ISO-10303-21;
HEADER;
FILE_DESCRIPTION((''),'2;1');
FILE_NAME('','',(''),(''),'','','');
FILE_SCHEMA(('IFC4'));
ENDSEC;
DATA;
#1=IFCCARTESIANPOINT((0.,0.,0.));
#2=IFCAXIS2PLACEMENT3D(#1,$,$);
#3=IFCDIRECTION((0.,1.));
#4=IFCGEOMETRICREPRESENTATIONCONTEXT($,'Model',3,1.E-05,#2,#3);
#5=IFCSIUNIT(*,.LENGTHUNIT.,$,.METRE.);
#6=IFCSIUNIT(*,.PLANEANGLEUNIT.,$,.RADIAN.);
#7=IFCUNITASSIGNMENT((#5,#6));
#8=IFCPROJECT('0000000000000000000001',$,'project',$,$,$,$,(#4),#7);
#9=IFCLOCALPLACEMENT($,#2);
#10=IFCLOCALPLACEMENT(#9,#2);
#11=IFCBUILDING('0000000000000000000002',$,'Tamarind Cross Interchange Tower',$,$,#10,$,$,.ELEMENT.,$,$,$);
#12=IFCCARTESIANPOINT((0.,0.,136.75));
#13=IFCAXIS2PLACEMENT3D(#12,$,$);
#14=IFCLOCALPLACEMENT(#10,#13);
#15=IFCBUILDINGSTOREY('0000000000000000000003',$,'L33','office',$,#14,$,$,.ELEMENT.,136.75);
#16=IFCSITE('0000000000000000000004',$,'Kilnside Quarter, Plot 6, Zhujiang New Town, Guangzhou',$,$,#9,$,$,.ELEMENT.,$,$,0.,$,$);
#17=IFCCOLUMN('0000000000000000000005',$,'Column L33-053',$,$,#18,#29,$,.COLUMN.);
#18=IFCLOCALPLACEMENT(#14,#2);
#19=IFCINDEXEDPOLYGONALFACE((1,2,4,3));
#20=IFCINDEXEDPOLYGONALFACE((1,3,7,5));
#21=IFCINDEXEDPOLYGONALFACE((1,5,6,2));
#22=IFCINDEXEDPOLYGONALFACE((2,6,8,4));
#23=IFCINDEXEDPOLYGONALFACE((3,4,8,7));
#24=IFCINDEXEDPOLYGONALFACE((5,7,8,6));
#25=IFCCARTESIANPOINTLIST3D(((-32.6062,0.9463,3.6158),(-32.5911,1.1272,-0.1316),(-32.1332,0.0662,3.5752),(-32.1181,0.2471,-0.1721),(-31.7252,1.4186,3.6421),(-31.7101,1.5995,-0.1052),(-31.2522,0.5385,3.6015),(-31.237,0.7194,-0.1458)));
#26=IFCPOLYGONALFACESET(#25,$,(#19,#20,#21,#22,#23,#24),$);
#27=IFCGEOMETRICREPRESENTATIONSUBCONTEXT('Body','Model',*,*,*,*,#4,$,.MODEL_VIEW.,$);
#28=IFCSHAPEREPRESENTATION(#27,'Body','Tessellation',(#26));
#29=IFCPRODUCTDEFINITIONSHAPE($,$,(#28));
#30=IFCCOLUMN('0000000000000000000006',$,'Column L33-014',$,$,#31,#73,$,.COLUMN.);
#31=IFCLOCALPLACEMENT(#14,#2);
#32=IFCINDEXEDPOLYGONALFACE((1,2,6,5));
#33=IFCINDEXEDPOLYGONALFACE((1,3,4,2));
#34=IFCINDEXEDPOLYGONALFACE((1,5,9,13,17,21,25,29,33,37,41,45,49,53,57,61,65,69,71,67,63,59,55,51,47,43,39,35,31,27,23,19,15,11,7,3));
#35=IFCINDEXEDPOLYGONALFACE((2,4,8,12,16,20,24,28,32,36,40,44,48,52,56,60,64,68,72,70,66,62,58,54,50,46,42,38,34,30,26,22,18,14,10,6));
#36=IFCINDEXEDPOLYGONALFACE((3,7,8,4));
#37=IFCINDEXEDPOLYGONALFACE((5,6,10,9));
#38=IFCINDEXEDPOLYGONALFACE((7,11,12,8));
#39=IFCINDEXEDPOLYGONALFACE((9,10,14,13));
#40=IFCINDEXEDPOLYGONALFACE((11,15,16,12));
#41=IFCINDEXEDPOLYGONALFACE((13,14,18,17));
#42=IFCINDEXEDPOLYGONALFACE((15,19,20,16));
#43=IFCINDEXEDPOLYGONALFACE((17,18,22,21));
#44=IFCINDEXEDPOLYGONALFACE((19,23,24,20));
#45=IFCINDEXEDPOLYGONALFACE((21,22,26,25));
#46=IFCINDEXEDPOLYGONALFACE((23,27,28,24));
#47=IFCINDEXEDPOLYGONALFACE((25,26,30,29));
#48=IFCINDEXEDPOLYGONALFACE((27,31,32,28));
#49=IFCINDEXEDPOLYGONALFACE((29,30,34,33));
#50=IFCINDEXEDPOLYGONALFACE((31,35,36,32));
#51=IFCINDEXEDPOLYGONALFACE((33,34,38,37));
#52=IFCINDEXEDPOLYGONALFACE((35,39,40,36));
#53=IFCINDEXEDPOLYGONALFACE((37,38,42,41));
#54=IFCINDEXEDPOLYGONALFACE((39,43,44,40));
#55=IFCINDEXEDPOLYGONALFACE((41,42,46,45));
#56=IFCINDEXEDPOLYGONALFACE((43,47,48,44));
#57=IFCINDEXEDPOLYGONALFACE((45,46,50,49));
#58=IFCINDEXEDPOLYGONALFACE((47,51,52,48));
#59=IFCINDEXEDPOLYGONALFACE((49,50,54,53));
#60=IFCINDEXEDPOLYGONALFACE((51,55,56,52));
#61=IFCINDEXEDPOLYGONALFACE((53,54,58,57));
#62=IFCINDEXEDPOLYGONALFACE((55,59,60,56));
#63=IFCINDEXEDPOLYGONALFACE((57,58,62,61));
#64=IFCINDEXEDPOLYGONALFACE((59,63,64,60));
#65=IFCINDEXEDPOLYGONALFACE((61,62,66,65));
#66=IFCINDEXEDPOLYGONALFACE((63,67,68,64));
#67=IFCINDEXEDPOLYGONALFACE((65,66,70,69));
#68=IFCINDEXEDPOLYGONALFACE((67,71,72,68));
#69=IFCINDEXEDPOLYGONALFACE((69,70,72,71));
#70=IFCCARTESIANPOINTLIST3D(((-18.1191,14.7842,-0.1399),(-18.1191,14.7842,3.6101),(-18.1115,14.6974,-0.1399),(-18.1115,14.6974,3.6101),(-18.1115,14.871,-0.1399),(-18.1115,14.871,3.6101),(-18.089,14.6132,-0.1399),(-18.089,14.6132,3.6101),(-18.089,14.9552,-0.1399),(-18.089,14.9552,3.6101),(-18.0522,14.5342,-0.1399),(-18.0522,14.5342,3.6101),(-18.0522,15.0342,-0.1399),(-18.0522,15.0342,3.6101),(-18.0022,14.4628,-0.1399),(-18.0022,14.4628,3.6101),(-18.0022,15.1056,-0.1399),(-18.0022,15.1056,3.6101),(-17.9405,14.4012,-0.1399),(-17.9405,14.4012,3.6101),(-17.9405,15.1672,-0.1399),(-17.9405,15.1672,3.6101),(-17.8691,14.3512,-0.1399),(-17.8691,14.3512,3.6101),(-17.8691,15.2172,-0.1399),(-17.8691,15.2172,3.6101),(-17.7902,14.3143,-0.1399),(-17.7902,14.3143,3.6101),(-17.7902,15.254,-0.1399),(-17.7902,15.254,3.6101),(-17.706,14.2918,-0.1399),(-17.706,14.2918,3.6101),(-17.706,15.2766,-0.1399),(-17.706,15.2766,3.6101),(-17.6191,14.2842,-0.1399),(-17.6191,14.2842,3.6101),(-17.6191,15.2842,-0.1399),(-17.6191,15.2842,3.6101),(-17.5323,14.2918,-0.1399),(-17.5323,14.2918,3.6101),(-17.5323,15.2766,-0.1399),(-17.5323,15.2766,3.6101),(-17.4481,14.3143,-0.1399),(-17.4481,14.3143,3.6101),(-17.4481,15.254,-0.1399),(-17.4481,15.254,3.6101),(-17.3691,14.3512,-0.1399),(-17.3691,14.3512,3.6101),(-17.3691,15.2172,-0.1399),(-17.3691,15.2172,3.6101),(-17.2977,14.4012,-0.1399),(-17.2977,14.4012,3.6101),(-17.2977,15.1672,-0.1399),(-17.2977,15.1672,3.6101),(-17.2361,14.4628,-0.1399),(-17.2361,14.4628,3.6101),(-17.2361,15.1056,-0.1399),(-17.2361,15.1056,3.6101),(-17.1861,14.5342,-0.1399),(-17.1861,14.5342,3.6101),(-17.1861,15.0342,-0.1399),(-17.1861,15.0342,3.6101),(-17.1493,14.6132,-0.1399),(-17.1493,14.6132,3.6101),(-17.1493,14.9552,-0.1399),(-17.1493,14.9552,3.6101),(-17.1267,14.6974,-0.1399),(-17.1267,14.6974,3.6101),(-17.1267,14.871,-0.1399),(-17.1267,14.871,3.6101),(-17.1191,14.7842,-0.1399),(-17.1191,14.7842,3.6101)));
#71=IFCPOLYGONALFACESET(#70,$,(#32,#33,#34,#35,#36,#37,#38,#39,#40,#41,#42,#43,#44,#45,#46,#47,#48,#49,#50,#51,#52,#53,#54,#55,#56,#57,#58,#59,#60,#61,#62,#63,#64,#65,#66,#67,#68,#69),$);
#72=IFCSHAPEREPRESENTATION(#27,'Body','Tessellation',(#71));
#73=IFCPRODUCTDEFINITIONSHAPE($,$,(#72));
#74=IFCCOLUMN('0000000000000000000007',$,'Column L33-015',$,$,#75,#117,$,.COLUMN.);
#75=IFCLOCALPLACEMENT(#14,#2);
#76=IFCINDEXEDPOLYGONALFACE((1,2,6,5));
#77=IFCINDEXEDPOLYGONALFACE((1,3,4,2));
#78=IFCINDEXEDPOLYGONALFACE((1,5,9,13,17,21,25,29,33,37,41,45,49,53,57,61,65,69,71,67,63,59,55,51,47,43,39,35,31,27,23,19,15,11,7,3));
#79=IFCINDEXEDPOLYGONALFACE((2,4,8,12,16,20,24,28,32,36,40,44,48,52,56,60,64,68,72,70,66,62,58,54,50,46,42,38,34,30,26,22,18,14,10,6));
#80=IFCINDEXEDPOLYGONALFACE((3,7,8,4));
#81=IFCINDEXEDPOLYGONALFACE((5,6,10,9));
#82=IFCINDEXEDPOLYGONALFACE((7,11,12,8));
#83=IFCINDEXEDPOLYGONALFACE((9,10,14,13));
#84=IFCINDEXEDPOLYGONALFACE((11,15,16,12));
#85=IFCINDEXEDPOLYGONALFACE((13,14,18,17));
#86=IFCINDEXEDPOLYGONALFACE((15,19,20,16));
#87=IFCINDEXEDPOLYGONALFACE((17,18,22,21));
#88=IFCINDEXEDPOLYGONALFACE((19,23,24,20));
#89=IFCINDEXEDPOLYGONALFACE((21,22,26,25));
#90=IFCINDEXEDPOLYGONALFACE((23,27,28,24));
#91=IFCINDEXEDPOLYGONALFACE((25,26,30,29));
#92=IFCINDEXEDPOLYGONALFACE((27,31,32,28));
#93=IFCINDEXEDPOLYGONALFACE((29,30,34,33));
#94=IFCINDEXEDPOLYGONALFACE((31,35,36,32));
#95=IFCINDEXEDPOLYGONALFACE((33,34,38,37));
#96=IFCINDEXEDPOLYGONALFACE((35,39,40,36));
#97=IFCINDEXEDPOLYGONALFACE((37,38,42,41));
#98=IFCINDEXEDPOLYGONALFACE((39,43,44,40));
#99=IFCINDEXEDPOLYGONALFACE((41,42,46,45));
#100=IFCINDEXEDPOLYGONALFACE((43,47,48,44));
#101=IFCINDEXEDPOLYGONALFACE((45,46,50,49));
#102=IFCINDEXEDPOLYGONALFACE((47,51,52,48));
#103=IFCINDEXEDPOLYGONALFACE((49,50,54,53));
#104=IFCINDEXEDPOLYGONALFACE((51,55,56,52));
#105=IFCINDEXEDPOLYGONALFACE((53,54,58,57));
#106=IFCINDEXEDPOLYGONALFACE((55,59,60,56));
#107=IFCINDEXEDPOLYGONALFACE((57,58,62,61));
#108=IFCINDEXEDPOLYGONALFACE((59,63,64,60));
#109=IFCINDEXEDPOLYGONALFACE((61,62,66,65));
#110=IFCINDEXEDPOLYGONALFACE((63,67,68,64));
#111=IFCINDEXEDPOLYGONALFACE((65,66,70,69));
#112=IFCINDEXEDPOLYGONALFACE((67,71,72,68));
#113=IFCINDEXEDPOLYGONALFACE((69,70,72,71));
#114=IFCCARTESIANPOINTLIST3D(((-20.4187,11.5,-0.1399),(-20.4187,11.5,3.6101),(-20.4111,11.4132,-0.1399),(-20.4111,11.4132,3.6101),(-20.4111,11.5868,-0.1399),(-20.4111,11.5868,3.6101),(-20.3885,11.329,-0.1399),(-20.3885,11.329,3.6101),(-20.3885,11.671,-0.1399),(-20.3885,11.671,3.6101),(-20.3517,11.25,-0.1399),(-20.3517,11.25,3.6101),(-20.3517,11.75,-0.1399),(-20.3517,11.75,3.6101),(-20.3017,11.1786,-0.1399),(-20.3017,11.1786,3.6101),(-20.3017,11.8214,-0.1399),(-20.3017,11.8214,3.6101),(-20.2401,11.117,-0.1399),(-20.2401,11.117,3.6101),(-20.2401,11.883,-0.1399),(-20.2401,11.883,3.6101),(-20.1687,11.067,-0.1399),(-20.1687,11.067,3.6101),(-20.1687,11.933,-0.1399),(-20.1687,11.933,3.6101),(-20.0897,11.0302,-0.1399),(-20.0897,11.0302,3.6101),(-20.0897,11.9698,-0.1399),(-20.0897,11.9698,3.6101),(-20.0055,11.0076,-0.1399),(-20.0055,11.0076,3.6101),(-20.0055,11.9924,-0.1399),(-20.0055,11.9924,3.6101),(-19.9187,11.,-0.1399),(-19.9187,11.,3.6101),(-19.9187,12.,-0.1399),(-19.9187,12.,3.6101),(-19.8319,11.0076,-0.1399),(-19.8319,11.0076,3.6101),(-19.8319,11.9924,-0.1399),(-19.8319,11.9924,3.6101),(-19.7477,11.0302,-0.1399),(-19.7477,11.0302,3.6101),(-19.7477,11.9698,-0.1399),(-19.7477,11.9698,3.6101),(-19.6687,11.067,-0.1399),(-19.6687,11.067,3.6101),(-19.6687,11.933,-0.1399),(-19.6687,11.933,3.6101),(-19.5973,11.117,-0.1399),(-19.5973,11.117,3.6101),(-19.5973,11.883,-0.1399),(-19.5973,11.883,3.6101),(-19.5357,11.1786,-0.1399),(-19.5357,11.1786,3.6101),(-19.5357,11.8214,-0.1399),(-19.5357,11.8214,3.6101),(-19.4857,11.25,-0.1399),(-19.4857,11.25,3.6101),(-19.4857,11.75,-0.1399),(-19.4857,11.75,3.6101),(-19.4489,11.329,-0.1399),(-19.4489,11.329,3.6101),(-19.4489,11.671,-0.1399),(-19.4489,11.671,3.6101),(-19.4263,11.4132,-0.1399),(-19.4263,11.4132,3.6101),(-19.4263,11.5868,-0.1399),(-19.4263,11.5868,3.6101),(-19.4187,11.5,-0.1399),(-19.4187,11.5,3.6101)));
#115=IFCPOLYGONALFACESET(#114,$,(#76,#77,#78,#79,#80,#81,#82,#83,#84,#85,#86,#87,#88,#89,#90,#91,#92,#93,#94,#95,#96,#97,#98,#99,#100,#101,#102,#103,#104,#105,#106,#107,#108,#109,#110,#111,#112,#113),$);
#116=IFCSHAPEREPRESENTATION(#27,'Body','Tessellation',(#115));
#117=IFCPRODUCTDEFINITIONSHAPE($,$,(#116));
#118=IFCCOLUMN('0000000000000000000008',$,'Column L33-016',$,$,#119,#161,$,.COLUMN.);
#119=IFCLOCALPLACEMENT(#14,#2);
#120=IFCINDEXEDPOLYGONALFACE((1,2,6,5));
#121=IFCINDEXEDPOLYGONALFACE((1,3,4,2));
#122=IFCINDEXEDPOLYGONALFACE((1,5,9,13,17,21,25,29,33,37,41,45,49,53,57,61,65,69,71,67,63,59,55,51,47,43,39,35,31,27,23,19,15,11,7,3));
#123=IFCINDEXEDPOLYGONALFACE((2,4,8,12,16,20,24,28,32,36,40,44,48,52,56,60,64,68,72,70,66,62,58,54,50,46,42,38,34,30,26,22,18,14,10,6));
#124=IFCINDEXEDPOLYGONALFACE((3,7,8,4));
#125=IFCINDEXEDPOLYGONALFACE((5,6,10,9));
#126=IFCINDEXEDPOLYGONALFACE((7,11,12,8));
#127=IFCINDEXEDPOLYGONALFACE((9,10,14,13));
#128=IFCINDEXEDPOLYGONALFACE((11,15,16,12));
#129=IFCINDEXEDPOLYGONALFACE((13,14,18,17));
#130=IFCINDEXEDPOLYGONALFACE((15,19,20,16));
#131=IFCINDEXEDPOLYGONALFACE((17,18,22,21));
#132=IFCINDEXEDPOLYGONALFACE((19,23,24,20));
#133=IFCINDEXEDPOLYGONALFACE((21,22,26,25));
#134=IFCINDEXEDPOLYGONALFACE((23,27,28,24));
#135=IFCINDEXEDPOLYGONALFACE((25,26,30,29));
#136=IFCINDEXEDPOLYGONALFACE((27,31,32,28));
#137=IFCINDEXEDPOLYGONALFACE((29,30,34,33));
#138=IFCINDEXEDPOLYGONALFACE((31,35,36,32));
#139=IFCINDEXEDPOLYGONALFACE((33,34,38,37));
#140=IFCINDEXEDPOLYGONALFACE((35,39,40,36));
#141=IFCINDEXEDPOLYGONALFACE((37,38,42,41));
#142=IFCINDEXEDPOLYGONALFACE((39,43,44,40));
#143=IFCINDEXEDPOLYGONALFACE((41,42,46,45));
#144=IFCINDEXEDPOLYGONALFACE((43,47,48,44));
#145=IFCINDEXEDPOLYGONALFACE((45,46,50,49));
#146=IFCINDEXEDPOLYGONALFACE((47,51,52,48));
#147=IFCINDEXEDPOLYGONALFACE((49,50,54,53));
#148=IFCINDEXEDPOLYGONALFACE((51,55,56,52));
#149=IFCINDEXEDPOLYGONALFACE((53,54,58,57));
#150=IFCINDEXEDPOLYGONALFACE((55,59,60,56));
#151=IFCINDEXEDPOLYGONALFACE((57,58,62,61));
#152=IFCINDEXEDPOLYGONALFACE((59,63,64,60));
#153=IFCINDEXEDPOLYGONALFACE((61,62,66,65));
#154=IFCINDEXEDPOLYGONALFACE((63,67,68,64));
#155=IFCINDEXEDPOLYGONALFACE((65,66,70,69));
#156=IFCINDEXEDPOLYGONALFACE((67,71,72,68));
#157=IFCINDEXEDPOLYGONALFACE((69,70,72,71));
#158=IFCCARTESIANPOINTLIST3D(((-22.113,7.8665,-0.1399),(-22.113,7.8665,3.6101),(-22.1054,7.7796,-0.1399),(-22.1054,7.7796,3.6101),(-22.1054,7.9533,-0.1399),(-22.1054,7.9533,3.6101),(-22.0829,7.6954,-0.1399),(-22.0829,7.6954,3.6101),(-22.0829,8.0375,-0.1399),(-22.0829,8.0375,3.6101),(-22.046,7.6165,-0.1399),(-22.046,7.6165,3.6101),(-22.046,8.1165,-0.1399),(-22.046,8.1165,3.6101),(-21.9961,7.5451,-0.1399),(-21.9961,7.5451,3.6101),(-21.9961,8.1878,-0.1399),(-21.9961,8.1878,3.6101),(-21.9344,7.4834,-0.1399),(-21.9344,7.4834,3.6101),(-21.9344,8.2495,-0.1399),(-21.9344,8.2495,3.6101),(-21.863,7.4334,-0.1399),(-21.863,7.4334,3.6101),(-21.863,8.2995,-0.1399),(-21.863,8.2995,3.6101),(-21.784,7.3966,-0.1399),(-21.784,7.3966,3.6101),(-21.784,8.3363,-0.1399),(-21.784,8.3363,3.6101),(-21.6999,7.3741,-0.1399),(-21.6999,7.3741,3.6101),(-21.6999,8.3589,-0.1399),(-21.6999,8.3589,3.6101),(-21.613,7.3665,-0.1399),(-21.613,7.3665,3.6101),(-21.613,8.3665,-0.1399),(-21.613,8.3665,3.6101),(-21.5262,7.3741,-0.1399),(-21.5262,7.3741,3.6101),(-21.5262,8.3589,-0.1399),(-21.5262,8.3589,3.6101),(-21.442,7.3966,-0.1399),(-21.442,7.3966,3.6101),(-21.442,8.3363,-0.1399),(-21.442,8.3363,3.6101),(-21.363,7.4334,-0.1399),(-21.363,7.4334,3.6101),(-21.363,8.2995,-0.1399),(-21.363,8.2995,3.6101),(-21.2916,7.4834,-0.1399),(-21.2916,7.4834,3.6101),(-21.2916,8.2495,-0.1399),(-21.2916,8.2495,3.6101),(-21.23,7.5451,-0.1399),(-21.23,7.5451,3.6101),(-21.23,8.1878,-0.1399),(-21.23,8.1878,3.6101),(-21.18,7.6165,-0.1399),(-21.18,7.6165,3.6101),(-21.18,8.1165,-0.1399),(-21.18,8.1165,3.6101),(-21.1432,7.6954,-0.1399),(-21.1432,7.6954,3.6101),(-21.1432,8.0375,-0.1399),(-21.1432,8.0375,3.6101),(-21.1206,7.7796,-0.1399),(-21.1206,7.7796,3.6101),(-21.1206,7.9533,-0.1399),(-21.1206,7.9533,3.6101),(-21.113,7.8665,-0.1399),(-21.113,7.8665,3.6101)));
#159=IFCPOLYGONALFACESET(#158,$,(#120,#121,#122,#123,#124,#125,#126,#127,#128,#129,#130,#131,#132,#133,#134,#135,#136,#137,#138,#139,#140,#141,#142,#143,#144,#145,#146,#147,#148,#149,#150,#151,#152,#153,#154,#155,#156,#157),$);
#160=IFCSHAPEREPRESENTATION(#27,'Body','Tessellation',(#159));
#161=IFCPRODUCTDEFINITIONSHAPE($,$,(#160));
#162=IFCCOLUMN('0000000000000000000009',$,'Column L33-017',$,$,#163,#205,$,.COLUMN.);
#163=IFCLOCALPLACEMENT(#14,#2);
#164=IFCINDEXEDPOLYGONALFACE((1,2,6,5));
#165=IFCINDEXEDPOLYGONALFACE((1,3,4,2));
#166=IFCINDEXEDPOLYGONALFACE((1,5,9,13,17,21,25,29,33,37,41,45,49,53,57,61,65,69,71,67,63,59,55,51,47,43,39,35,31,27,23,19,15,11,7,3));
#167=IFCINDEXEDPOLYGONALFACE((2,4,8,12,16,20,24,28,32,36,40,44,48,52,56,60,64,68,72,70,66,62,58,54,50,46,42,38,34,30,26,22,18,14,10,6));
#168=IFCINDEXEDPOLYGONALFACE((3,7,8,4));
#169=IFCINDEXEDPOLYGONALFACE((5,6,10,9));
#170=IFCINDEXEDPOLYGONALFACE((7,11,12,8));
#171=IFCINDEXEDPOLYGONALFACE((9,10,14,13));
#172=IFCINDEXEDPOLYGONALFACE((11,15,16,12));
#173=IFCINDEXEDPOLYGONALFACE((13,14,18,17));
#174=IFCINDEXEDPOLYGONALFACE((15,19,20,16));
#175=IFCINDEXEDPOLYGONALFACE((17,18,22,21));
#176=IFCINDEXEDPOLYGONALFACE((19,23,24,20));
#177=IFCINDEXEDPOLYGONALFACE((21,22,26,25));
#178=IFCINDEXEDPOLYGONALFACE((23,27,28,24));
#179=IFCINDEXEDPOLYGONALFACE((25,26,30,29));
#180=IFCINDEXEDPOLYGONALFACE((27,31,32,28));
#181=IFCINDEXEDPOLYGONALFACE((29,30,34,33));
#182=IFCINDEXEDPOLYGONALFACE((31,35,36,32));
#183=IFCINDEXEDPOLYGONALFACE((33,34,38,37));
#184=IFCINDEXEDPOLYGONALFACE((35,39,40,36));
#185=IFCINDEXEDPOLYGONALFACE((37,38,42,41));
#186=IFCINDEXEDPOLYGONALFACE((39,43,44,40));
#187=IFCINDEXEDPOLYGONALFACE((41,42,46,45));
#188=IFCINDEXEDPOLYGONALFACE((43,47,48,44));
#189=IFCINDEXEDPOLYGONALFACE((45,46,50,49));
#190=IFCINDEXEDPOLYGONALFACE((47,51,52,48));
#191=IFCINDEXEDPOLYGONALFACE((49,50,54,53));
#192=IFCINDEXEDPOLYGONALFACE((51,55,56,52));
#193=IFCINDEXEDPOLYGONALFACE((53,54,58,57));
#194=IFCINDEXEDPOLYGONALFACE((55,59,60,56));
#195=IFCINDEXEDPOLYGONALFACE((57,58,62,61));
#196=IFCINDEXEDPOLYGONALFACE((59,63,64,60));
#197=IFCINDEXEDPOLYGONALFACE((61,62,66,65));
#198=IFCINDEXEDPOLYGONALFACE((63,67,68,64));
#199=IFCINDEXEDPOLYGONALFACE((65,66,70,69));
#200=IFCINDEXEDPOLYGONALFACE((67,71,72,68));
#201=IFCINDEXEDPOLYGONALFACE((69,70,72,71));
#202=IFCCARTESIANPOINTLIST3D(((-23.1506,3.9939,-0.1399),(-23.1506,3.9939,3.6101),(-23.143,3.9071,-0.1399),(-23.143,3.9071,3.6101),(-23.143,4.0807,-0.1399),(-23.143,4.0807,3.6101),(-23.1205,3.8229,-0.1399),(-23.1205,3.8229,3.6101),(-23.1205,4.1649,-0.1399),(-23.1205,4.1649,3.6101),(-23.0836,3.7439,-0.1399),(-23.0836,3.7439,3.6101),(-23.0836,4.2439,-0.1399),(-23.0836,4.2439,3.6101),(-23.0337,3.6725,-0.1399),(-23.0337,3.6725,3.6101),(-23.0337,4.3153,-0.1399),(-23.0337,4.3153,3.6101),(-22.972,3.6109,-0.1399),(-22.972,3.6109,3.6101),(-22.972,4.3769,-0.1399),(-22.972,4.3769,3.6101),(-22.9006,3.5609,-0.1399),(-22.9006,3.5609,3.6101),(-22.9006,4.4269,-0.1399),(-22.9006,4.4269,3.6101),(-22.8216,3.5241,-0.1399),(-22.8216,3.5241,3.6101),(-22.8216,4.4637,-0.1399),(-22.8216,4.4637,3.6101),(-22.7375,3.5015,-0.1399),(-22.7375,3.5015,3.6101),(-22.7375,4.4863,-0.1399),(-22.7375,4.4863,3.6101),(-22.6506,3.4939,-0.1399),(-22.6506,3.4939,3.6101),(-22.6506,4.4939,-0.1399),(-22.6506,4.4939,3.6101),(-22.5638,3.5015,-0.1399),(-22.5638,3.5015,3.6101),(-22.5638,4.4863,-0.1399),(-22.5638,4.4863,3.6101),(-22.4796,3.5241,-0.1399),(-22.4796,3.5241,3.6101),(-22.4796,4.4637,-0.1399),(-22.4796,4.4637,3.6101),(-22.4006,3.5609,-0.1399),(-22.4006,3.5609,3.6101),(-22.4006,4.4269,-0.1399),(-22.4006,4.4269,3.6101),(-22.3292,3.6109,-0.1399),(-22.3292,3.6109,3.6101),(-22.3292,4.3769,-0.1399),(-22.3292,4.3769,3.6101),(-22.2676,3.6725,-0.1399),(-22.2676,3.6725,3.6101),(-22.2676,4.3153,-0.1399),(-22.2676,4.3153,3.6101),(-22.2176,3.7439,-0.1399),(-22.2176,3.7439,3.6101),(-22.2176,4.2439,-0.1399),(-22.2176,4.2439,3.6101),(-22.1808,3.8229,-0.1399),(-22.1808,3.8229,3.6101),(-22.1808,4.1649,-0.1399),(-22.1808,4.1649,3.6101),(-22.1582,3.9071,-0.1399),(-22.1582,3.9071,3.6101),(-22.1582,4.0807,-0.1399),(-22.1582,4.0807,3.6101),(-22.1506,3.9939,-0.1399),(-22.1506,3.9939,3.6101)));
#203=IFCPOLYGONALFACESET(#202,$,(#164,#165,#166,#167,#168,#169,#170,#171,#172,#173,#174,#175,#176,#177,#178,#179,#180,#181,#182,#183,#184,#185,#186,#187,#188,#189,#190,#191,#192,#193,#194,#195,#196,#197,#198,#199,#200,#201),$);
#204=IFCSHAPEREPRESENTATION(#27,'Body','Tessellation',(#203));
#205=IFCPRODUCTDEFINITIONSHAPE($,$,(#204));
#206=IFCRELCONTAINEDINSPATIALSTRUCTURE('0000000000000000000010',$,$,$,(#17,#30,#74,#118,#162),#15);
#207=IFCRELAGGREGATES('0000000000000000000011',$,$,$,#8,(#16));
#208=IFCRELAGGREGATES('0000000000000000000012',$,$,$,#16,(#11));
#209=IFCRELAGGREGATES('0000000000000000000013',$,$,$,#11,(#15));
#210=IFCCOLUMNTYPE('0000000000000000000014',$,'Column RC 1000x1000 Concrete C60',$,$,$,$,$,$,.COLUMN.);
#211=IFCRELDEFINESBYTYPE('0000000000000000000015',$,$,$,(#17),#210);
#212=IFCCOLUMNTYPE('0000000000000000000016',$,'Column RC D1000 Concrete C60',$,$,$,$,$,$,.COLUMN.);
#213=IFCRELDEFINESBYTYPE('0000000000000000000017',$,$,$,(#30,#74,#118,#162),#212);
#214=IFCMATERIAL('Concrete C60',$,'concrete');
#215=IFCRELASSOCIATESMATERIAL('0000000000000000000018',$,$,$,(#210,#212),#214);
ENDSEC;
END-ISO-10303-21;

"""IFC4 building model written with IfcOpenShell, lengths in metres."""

from ifc_helpers import new_model, si_unit, direction, frame, origin, origin_2d, place, context, subcontext, project, spatial, rectangle, circle, extrude, material, material_profile, profile_set, type_object, element, save


model = new_model("IFC4")

# Units and contexts
model_context = context("Model", 3, precision=1e-05, world=origin(), true_north=direction((0.0, 1.0)))
body_context = subcontext(model_context, "Body", "Model", "MODEL_VIEW")
ifc_project = project(units=[si_unit("LENGTHUNIT", "METRE"), si_unit("PLANEANGLEUNIT", "RADIAN")], contexts=[model_context])

# Site, building, storey
site_placement = place(None, origin())
site = spatial("IfcSite", under=ifc_project, at=site_placement, Name="Kilnside Quarter, Plot 6, Zhujiang New Town, Guangzhou", CompositionType="ELEMENT", RefElevation=0.0)
building_placement = place(site_placement, origin())
building = spatial("IfcBuilding", under=site, at=building_placement, Name="Tamarind Cross Interchange Tower", CompositionType="ELEMENT")
storey_placement = place(building_placement, frame((0.0, 0.0, 136.75)))
storey = spatial("IfcBuildingStorey", under=building, at=storey_placement, Name="L33", Description="office", CompositionType="ELEMENT", Elevation=136.75)

# Columns
ifc_material_1 = material(Name="Concrete C60", Category="concrete")
ifc_material_profile_1 = material_profile(ifc_material_1, rectangle(XDim=1.0, YDim=1.0, at=origin_2d()), Name="RC 1000x1000")
ifc_profile_set_1 = profile_set([ifc_material_profile_1], Name="Concrete C60")
column_type_1 = type_object("IfcColumnType", Name="Column RC 1000x1000 Concrete C60", PredefinedType="COLUMN", material=ifc_profile_set_1)
column_placement = place(storey_placement, frame((-31.9141, 0.9233, -0.1387), z_axis=(-0.004035, -0.04822, 0.998829), x_axis=(0.881042, 0.472303, 0.02636)))
element("IfcColumn", 1, at=column_placement, inside=storey, type_object=column_type_1, Name="Column L33-053", PredefinedType="COLUMN", context=body_context, shape_type="SweptSolid", body=[
    extrude(rectangle(XDim=1.0, YDim=1.0, at=origin_2d()), origin(), (0.0, 0.0, 1.0), 3.7517),
])
ifc_material_profile_2 = material_profile(ifc_material_1, circle(Radius=0.5, at=origin_2d()), Name="RC D1000")
ifc_profile_set_2 = profile_set([ifc_material_profile_2], Name="Concrete C60")
column_type_2 = type_object("IfcColumnType", Name="Column RC D1000 Concrete C60", PredefinedType="COLUMN", material=ifc_profile_set_2)
for number, where, z_axis, x_axis, name in (
    (2, (-17.6191, 14.7842, -0.1399), (0.0, 0.0, 1.0), (1.0, 0.0, 0.0), "Column L33-014"),
    (3, (-19.9187, 11.5, -0.1399), (0.0, 0.0, 1.0), (1.0, 0.0, 0.0), "Column L33-015"),
    (4, (-21.613, 7.8665, -0.1399), (0.0, 0.0, 1.0), (1.0, 0.0, 0.0), "Column L33-016"),
    (5, (-22.6506, 3.9939, -0.1399), (0.0, 0.0, 1.0), (1.0, 0.0, 0.0), "Column L33-017"),
):
    element("IfcColumn", number, at=place(storey_placement, frame(where, z_axis=z_axis, x_axis=x_axis)), inside=storey, type_object=column_type_2, Name=name, PredefinedType="COLUMN", context=body_context, shape_type="SweptSolid", body=[
        extrude(circle(Radius=0.5, at=origin_2d()), origin(), (0.0, 0.0, 1.0), 3.75),
    ])

save(model, "model.ifc")
